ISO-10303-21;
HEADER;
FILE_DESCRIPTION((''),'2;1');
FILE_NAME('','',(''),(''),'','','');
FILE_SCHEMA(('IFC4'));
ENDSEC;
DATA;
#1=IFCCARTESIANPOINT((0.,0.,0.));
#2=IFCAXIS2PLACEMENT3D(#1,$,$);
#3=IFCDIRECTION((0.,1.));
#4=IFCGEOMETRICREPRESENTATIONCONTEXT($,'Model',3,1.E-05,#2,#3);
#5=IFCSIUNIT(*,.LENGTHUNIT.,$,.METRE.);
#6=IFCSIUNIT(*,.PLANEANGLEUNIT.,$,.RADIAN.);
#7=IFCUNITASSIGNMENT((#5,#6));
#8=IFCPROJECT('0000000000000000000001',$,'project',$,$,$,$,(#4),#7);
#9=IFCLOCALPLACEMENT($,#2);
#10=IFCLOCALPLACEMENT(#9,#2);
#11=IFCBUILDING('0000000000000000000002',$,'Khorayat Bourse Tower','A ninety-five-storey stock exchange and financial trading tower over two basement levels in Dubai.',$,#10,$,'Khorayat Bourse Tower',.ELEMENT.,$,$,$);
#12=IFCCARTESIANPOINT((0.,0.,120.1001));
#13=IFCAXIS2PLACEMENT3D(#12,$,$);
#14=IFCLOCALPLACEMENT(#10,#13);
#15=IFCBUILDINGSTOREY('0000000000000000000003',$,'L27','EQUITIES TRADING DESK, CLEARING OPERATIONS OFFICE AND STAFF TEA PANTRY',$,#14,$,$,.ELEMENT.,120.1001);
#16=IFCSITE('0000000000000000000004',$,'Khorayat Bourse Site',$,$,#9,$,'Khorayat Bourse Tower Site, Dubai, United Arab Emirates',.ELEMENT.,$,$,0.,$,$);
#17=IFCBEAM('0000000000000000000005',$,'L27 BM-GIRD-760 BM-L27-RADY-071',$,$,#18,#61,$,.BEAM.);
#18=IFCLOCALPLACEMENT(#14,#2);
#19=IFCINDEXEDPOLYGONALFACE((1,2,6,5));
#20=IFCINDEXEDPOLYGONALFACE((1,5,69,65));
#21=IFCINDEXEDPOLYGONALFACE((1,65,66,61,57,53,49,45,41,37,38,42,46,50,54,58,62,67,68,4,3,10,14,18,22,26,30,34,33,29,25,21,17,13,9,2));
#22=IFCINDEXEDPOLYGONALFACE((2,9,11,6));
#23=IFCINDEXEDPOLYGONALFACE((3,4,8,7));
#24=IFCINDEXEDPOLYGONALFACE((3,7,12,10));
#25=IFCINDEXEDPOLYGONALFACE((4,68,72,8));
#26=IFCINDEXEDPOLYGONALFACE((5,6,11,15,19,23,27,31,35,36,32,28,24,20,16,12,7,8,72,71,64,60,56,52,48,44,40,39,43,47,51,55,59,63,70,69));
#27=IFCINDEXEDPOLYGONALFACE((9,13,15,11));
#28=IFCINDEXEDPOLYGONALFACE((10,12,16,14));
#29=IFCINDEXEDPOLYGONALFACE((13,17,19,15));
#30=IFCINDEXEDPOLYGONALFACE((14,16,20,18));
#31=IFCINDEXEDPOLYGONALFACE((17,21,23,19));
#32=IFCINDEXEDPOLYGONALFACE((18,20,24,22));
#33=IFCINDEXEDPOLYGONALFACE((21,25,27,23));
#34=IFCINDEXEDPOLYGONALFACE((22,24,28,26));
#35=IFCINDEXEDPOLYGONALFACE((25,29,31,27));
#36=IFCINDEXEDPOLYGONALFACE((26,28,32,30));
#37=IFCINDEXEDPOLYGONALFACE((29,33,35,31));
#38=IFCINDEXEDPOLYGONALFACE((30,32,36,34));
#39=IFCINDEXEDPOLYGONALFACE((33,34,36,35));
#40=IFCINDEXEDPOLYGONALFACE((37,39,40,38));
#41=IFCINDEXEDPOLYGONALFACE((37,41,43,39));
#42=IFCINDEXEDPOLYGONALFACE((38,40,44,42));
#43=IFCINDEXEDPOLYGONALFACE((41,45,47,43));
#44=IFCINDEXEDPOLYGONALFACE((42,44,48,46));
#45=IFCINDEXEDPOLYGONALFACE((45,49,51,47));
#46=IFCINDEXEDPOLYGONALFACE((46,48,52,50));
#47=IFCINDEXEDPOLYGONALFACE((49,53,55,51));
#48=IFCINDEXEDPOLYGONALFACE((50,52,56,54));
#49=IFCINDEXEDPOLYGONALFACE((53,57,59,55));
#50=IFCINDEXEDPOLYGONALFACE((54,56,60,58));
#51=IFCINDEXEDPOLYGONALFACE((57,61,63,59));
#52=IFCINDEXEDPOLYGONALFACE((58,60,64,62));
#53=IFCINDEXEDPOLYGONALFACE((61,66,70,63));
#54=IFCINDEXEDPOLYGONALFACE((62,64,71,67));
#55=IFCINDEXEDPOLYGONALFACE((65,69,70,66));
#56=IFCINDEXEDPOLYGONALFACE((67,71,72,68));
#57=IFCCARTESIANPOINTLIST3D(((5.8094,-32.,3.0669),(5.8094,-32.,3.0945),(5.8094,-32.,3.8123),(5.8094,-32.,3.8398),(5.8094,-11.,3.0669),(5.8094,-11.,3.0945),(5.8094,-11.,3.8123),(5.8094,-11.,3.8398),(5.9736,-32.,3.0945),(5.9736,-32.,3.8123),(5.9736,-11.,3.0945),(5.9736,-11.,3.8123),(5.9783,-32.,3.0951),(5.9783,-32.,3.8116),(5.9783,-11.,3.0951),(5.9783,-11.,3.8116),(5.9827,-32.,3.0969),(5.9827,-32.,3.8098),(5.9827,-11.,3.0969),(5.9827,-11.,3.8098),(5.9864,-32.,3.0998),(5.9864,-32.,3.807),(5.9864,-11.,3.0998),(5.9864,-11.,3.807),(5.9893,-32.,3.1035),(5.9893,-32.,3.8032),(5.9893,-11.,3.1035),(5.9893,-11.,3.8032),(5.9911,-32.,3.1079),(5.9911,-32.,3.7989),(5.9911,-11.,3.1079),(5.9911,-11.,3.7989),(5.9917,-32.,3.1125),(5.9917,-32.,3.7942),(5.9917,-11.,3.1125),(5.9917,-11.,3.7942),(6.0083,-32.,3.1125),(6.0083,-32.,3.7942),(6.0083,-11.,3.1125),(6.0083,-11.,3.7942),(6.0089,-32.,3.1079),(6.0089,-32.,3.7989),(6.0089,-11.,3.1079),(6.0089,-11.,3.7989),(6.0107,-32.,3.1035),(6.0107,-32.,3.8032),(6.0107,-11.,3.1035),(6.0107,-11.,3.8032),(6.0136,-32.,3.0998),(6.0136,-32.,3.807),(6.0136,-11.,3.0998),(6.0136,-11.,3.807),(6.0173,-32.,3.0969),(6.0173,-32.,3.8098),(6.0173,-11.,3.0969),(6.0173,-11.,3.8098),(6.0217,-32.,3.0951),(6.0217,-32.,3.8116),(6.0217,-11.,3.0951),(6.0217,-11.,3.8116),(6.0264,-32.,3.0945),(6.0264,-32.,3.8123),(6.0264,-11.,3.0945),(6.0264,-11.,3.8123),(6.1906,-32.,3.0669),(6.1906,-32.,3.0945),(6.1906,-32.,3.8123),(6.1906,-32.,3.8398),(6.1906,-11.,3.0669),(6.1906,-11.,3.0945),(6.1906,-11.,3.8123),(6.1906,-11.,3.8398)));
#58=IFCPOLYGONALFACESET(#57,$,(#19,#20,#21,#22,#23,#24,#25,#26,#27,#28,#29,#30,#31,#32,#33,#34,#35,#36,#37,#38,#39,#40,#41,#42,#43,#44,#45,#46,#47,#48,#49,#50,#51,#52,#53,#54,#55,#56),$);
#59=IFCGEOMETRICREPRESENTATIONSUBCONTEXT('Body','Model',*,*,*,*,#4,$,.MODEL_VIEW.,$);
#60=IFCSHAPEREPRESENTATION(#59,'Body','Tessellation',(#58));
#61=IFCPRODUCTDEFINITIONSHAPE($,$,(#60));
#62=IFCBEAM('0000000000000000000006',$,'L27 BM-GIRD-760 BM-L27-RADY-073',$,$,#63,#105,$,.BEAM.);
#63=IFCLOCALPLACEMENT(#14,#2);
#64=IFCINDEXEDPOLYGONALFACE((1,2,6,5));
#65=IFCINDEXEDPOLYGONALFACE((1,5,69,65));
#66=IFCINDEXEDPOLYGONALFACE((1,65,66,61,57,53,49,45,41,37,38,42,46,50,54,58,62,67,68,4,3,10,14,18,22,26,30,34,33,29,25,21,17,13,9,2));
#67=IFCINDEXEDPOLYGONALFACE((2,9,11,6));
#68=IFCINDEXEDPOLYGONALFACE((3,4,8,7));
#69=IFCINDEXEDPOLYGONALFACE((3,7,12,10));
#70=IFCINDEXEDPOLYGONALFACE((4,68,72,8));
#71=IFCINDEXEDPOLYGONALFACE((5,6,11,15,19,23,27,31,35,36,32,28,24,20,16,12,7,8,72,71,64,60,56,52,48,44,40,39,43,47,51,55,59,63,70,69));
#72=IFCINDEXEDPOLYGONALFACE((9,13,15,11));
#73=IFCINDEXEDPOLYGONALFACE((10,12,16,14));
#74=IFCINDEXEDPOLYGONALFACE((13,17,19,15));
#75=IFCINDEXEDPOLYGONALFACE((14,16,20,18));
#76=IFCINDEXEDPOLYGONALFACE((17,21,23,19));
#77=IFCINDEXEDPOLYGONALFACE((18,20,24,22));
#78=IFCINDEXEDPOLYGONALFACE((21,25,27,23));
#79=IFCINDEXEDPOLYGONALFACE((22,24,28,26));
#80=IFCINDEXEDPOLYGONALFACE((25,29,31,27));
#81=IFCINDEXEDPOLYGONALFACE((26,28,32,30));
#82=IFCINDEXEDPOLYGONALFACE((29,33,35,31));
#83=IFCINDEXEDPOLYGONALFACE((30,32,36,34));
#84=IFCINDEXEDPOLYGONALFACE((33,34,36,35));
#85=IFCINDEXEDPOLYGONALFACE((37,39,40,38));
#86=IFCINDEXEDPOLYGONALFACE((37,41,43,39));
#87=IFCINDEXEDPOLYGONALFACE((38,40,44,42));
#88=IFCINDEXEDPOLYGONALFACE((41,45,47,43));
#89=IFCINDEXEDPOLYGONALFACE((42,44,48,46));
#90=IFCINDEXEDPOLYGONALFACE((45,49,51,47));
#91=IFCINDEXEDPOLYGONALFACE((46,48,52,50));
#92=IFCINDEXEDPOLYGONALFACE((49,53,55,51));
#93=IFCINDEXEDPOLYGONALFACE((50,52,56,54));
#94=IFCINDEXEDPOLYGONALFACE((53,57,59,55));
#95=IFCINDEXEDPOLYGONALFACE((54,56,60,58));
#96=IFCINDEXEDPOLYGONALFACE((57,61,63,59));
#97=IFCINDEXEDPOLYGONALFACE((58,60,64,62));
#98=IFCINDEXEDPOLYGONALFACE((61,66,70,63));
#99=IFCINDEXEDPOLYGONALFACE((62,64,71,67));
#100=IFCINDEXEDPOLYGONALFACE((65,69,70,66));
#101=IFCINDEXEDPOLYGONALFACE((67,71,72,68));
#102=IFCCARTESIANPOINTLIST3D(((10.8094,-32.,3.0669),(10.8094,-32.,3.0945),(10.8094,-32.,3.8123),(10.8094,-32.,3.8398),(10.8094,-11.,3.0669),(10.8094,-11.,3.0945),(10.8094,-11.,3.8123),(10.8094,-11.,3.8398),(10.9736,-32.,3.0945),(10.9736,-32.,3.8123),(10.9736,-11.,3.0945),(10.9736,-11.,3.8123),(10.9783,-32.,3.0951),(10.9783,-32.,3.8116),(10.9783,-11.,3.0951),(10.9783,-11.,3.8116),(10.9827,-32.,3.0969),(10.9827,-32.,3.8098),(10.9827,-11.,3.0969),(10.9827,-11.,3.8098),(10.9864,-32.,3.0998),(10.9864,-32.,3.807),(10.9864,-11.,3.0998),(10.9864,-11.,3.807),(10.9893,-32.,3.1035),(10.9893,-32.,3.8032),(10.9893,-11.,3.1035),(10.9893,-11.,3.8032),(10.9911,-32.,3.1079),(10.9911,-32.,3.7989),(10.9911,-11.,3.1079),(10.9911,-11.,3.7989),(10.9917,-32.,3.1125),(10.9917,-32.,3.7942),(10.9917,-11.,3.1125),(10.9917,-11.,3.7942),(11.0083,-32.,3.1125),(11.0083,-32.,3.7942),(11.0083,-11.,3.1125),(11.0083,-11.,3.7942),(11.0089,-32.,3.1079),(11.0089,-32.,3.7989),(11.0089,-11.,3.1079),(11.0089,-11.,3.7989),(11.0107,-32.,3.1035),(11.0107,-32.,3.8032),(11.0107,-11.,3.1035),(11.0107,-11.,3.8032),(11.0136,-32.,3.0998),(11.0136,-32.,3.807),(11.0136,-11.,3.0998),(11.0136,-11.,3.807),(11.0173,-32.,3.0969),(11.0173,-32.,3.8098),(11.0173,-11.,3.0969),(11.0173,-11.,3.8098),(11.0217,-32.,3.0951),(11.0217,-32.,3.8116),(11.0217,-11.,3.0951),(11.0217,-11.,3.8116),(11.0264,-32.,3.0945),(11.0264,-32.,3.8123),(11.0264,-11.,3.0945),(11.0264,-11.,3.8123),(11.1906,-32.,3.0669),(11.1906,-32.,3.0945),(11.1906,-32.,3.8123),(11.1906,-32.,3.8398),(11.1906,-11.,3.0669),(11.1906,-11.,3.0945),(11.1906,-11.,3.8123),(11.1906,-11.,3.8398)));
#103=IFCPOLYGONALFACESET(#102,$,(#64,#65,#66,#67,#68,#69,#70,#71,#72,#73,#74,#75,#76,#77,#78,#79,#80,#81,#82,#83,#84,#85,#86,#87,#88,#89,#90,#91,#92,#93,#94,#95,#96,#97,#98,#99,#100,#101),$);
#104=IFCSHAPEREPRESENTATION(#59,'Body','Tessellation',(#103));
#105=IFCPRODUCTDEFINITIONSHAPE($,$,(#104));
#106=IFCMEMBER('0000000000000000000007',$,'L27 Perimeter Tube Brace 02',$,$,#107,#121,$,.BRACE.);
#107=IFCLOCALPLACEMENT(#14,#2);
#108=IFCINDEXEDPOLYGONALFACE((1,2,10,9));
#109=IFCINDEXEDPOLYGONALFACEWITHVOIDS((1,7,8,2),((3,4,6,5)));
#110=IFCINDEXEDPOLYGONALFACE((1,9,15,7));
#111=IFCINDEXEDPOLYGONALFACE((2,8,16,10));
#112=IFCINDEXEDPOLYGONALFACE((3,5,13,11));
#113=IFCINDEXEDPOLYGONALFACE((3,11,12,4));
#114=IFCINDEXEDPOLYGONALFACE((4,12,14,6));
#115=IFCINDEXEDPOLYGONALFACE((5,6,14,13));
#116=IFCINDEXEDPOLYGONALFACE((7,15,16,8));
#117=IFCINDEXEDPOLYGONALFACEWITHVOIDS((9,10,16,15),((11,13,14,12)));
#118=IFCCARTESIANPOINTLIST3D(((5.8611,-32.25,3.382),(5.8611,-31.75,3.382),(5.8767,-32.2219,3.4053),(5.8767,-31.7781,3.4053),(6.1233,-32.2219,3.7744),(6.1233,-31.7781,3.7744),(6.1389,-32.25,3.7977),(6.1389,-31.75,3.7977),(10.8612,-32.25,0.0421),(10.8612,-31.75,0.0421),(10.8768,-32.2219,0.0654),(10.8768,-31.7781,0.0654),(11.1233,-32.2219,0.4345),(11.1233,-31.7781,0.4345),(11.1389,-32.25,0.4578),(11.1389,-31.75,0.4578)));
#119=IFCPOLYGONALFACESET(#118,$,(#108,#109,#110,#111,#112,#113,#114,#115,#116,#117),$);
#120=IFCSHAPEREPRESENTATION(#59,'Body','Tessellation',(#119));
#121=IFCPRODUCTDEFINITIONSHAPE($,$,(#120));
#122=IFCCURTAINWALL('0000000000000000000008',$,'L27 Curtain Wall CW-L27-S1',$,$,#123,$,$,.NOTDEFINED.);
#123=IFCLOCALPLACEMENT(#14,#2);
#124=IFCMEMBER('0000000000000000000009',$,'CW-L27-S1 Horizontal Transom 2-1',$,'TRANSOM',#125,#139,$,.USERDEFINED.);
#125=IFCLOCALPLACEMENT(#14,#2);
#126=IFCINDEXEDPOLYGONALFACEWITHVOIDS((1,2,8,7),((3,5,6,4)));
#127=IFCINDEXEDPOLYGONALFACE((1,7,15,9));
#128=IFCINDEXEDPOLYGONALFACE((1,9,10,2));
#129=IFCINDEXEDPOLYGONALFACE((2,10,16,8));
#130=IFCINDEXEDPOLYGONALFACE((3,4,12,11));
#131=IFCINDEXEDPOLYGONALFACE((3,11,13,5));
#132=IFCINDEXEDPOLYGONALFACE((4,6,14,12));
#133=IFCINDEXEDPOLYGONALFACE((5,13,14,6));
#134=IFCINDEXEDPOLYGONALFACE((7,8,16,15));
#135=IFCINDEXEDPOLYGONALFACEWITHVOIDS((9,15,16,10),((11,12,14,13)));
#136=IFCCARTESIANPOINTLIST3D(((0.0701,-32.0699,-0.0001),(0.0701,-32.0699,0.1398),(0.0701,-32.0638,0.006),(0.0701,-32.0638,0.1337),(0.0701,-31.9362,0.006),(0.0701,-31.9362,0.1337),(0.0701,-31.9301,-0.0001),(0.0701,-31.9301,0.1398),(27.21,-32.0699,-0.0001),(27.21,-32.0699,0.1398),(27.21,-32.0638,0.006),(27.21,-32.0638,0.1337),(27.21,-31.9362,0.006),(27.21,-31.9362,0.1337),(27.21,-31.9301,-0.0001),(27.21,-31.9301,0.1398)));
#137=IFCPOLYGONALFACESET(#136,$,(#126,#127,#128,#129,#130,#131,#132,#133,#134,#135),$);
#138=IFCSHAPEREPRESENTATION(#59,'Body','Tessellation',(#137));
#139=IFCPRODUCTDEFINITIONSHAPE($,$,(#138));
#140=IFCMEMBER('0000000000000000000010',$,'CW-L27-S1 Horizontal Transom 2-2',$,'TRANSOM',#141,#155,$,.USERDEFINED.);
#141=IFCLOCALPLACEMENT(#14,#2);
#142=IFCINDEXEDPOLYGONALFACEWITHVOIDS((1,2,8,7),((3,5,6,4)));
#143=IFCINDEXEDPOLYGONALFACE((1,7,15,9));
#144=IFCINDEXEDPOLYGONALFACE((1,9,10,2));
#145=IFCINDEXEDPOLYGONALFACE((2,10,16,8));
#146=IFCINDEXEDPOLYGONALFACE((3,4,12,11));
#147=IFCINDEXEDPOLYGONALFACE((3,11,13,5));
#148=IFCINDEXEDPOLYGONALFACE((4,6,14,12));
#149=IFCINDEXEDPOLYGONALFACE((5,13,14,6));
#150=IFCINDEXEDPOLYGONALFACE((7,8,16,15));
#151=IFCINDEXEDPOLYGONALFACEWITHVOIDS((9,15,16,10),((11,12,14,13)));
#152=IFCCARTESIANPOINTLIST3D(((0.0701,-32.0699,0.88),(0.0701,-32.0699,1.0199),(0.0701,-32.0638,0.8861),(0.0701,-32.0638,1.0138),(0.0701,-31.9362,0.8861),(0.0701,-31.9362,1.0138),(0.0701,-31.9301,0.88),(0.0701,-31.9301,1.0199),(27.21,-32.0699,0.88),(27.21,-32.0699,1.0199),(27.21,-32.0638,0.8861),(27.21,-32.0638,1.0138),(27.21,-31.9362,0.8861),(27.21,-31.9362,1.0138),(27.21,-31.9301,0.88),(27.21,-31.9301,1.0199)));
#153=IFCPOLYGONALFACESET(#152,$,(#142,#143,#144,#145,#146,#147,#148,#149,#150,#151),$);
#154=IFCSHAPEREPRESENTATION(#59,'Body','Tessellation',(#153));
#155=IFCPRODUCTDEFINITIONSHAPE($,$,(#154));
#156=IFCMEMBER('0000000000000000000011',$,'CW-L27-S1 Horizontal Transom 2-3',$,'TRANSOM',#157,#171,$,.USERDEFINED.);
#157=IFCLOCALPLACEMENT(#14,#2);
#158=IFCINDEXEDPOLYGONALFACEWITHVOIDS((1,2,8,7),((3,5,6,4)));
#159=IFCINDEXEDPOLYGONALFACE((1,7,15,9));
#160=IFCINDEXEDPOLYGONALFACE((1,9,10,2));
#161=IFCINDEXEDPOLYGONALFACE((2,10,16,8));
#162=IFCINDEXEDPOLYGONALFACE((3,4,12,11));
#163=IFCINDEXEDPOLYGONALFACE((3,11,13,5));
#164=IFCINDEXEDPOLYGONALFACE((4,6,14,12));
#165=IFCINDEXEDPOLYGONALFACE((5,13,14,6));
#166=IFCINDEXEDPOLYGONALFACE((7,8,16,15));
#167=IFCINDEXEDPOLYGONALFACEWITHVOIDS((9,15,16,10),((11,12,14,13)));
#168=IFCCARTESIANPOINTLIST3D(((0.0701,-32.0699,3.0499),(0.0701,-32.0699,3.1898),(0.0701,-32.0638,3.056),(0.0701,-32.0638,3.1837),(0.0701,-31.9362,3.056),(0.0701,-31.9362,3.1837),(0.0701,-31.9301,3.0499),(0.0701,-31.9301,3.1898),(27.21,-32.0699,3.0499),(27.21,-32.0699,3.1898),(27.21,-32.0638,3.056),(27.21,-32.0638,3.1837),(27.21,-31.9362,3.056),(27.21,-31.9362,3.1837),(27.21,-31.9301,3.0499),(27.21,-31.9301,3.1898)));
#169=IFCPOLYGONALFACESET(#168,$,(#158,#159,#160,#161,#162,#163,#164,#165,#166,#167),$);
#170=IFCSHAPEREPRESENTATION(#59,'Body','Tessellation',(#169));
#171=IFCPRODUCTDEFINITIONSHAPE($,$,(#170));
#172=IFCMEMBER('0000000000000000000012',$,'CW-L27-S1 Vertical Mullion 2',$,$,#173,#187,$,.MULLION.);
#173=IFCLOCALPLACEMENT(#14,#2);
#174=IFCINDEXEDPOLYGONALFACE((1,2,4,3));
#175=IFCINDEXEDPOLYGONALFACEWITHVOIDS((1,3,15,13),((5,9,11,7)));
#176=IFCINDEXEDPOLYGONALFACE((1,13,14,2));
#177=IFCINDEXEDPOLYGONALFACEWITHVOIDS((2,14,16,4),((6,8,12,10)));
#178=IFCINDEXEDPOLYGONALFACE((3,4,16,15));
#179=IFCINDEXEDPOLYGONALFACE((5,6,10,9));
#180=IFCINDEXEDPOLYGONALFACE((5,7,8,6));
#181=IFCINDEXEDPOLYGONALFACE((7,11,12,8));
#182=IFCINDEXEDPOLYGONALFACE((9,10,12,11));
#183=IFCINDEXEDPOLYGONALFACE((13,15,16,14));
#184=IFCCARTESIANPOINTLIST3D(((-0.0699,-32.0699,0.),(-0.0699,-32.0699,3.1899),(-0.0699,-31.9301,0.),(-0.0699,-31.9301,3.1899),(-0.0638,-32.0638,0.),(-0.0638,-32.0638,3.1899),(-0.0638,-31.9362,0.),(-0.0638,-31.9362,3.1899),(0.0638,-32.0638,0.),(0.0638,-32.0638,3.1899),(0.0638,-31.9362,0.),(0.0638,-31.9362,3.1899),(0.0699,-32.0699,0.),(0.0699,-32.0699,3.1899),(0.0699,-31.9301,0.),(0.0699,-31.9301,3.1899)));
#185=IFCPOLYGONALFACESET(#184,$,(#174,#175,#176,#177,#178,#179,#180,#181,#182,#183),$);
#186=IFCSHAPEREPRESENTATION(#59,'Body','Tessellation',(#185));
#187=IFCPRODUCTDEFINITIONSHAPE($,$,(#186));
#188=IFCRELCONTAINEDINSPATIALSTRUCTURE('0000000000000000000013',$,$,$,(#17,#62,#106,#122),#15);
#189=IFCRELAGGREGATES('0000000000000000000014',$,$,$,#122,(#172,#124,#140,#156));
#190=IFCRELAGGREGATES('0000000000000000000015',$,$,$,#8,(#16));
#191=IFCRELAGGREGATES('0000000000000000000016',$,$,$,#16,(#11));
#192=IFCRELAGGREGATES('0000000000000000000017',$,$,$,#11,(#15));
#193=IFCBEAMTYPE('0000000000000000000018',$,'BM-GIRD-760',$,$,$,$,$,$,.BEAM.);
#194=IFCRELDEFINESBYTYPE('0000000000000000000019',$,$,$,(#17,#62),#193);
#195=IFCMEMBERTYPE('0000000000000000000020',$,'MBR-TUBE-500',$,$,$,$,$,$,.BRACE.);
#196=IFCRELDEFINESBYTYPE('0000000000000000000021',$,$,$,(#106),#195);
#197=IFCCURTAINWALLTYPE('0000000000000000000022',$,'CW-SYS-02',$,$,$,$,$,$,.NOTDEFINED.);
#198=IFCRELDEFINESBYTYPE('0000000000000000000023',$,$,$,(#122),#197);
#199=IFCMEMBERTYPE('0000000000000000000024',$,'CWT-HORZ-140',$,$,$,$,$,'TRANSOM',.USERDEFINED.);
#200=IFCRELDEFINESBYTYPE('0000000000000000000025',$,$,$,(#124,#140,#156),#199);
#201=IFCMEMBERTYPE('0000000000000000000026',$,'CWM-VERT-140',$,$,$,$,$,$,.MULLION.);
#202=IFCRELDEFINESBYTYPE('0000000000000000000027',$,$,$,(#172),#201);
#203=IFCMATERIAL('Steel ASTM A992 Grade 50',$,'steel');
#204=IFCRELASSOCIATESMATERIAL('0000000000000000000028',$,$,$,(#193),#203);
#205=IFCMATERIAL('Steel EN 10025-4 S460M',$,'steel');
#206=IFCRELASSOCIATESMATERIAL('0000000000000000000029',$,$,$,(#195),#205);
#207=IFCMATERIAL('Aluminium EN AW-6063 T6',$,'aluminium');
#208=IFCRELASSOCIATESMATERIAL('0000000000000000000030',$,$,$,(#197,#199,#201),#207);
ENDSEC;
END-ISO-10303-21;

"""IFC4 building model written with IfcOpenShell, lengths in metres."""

from ifc_helpers import new_model, si_unit, direction, frame, origin, origin_2d, place, context, subcontext, project, spatial, hollow_rectangle, i_section, extrude, source, transform, mapped, material, material_profile, profile_set, type_object, element, aggregate, save


model = new_model("IFC4")

# Units and contexts
model_context = context("Model", 3, precision=1e-05, world=origin(), true_north=direction((0.0, 1.0)))
body_context = subcontext(model_context, "Body", "Model", "MODEL_VIEW")
ifc_project = project(units=[si_unit("LENGTHUNIT", "METRE"), si_unit("PLANEANGLEUNIT", "RADIAN")], contexts=[model_context])

# Site, building, storey
site_placement = place(None, origin())
site = spatial("IfcSite", under=ifc_project, at=site_placement, Name="Khorayat Bourse Site", LongName="Khorayat Bourse Tower Site, Dubai, United Arab Emirates", CompositionType="ELEMENT", RefElevation=0.0)
building_placement = place(site_placement, origin())
building = spatial("IfcBuilding", under=site, at=building_placement, Name="Khorayat Bourse Tower", Description="A ninety-five-storey stock exchange and financial trading tower over two basement levels in Dubai.", LongName="Khorayat Bourse Tower", CompositionType="ELEMENT")
storey_placement = place(building_placement, frame((0.0, 0.0, 120.1001)))
storey = spatial("IfcBuildingStorey", under=building, at=storey_placement, Name="L27", Description="EQUITIES TRADING DESK, CLEARING OPERATIONS OFFICE AND STAFF TEA PANTRY", CompositionType="ELEMENT", Elevation=120.1001)

# Shared definitions
ifc_material_1 = material(Name="Steel EN 10025-4 S460M", Category="steel")

# Beams
ifc_material_2 = material(Name="Steel ASTM A992 Grade 50", Category="steel")
ifc_material_profile_1 = material_profile(ifc_material_2, i_section(OverallWidth=0.3811, OverallDepth=0.7729, WebThickness=0.0166, FlangeThickness=0.0276, FilletRadius=0.0181, at=origin_2d()), Name="W760X257")
ifc_profile_set_1 = profile_set([ifc_material_profile_1], Name="Steel ASTM A992 Grade 50")
beam_type_1 = type_object("IfcBeamType", Name="BM-GIRD-760", PredefinedType="BEAM", material=ifc_profile_set_1)
shared_shape_1 = source(origin(), body_context, "Body", "SweptSolid", [
    extrude(i_section(OverallWidth=0.3811, OverallDepth=0.7729, WebThickness=0.0166, FlangeThickness=0.0276, FilletRadius=0.0181, at=origin_2d()), origin(), (0.0, 0.0, 1.0), 21.0),
])
for number, where, z_axis, x_axis, name in (
    (1, (6.0, -32.0, 3.4534), (0.0, 1.0, 0.0), (-1.0, 0.0, 0.0), "L27 BM-GIRD-760 BM-L27-RADY-071"),
    (2, (11.0, -32.0, 3.4534), (0.0, 1.0, 0.0), (-1.0, 0.0, 0.0), "L27 BM-GIRD-760 BM-L27-RADY-073"),
):
    element("IfcBeam", number, at=place(storey_placement, frame(where, z_axis=z_axis, x_axis=x_axis)), inside=storey, type_object=beam_type_1, Name=name, PredefinedType="BEAM", context=body_context, shape_type="MappedRepresentation", body=[
        mapped(shared_shape_1, transform((0.0, 0.0, 0.0), scale=1.0)),
    ])

# Member
ifc_material_profile_2 = material_profile(ifc_material_1, hollow_rectangle(XDim=0.5, YDim=0.5, WallThickness=0.0281, at=origin_2d()), Name="HSS 500x500x28")
ifc_profile_set_2 = profile_set([ifc_material_profile_2], Name="Steel EN 10025-4 S460M")
member_type_1 = type_object("IfcMemberType", Name="MBR-TUBE-500", PredefinedType="BRACE", material=ifc_profile_set_2)
shared_shape_2 = source(origin(), body_context, "Body", "SweptSolid", [
    extrude(hollow_rectangle(XDim=0.5, YDim=0.5, WallThickness=0.0281, at=origin_2d()), origin(), (0.0, 0.0, 1.0), 6.0129),
])
member_1_placement = place(storey_placement, frame((6.0, -32.0, 3.5898), z_axis=(0.83155, 0.0, -0.55545), x_axis=(0.0, 1.0, 0.0)))
element("IfcMember", 3, at=member_1_placement, inside=storey, type_object=member_type_1, Name="L27 Perimeter Tube Brace 02", PredefinedType="BRACE", context=body_context, shape_type="MappedRepresentation", body=[
    mapped(shared_shape_2, transform((0.0, 0.0, 0.0), scale=1.0)),
])

# Curtain wall, members
ifc_material_3 = material(Name="Aluminium EN AW-6063 T6", Category="aluminium")
curtain_wall_type = type_object("IfcCurtainWallType", Name="CW-SYS-02", PredefinedType="NOTDEFINED", material=ifc_material_3)
curtain_wall_placement = place(storey_placement, origin())
curtain_wall = element("IfcCurtainWall", 4, at=curtain_wall_placement, inside=storey, type_object=curtain_wall_type, Name="L27 Curtain Wall CW-L27-S1", PredefinedType="NOTDEFINED")
ifc_material_profile_3 = material_profile(ifc_material_3, hollow_rectangle(XDim=0.1399, YDim=0.1399, WallThickness=0.0061, at=origin_2d()), Name="ALU 140x140x6")
ifc_profile_set_3 = profile_set([ifc_material_profile_3], Name="Aluminium EN AW-6063 T6")
member_type_2 = type_object("IfcMemberType", Name="CWT-HORZ-140", ElementType="TRANSOM", PredefinedType="USERDEFINED", material=ifc_profile_set_3)
shared_shape_3 = source(origin(), body_context, "Body", "SweptSolid", [
    extrude(hollow_rectangle(XDim=0.1399, YDim=0.1399, WallThickness=0.0061, at=origin_2d()), origin(), (0.0, 0.0, 1.0), 27.1399),
])
member_2_placement = place(storey_placement, frame((0.0701, -32.0, 0.0698), z_axis=(1.0, 0.0, 0.0), x_axis=(0.0, 1.0, 0.0)))
member_2 = element("IfcMember", 5, at=member_2_placement, type_object=member_type_2, Name="CW-L27-S1 Horizontal Transom 2-1", ObjectType="TRANSOM", PredefinedType="USERDEFINED", context=body_context, shape_type="MappedRepresentation", body=[
    mapped(shared_shape_3, transform((0.0, 0.0, 0.0), scale=1.0)),
])
member_3_placement = place(storey_placement, frame((0.0701, -32.0, 0.95), z_axis=(1.0, 0.0, 0.0), x_axis=(0.0, 1.0, 0.0)))
member_3 = element("IfcMember", 6, at=member_3_placement, type_object=member_type_2, Name="CW-L27-S1 Horizontal Transom 2-2", ObjectType="TRANSOM", PredefinedType="USERDEFINED", context=body_context, shape_type="MappedRepresentation", body=[
    mapped(shared_shape_3, transform((0.0, 0.0, 0.0), scale=1.0)),
])
member_4_placement = place(storey_placement, frame((0.0701, -32.0, 3.1199), z_axis=(1.0, 0.0, 0.0), x_axis=(0.0, 1.0, 0.0)))
member_4 = element("IfcMember", 7, at=member_4_placement, type_object=member_type_2, Name="CW-L27-S1 Horizontal Transom 2-3", ObjectType="TRANSOM", PredefinedType="USERDEFINED", context=body_context, shape_type="MappedRepresentation", body=[
    mapped(shared_shape_3, transform((0.0, 0.0, 0.0), scale=1.0)),
])
ifc_material_profile_4 = material_profile(ifc_material_3, hollow_rectangle(XDim=0.1399, YDim=0.1399, WallThickness=0.0061, at=origin_2d()), Name="ALU 140x140x6")
ifc_profile_set_4 = profile_set([ifc_material_profile_4], Name="Aluminium EN AW-6063 T6")
member_type_3 = type_object("IfcMemberType", Name="CWM-VERT-140", PredefinedType="MULLION", material=ifc_profile_set_4)
shared_shape_4 = source(origin(), body_context, "Body", "SweptSolid", [
    extrude(hollow_rectangle(XDim=0.1399, YDim=0.1399, WallThickness=0.0061, at=origin_2d()), origin(), (0.0, 0.0, 1.0), 3.1899),
])
member_5_placement = place(storey_placement, frame((0.0, -32.0, 0.0), z_axis=(0.0, 0.0, 1.0), x_axis=(0.0, 1.0, 0.0)))
member_5 = element("IfcMember", 8, at=member_5_placement, type_object=member_type_3, Name="CW-L27-S1 Vertical Mullion 2", PredefinedType="MULLION", context=body_context, shape_type="MappedRepresentation", body=[
    mapped(shared_shape_4, transform((0.0, 0.0, 0.0), scale=1.0)),
])
aggregate(curtain_wall, [member_5, member_2, member_3, member_4])

save(model, "model.ifc")
